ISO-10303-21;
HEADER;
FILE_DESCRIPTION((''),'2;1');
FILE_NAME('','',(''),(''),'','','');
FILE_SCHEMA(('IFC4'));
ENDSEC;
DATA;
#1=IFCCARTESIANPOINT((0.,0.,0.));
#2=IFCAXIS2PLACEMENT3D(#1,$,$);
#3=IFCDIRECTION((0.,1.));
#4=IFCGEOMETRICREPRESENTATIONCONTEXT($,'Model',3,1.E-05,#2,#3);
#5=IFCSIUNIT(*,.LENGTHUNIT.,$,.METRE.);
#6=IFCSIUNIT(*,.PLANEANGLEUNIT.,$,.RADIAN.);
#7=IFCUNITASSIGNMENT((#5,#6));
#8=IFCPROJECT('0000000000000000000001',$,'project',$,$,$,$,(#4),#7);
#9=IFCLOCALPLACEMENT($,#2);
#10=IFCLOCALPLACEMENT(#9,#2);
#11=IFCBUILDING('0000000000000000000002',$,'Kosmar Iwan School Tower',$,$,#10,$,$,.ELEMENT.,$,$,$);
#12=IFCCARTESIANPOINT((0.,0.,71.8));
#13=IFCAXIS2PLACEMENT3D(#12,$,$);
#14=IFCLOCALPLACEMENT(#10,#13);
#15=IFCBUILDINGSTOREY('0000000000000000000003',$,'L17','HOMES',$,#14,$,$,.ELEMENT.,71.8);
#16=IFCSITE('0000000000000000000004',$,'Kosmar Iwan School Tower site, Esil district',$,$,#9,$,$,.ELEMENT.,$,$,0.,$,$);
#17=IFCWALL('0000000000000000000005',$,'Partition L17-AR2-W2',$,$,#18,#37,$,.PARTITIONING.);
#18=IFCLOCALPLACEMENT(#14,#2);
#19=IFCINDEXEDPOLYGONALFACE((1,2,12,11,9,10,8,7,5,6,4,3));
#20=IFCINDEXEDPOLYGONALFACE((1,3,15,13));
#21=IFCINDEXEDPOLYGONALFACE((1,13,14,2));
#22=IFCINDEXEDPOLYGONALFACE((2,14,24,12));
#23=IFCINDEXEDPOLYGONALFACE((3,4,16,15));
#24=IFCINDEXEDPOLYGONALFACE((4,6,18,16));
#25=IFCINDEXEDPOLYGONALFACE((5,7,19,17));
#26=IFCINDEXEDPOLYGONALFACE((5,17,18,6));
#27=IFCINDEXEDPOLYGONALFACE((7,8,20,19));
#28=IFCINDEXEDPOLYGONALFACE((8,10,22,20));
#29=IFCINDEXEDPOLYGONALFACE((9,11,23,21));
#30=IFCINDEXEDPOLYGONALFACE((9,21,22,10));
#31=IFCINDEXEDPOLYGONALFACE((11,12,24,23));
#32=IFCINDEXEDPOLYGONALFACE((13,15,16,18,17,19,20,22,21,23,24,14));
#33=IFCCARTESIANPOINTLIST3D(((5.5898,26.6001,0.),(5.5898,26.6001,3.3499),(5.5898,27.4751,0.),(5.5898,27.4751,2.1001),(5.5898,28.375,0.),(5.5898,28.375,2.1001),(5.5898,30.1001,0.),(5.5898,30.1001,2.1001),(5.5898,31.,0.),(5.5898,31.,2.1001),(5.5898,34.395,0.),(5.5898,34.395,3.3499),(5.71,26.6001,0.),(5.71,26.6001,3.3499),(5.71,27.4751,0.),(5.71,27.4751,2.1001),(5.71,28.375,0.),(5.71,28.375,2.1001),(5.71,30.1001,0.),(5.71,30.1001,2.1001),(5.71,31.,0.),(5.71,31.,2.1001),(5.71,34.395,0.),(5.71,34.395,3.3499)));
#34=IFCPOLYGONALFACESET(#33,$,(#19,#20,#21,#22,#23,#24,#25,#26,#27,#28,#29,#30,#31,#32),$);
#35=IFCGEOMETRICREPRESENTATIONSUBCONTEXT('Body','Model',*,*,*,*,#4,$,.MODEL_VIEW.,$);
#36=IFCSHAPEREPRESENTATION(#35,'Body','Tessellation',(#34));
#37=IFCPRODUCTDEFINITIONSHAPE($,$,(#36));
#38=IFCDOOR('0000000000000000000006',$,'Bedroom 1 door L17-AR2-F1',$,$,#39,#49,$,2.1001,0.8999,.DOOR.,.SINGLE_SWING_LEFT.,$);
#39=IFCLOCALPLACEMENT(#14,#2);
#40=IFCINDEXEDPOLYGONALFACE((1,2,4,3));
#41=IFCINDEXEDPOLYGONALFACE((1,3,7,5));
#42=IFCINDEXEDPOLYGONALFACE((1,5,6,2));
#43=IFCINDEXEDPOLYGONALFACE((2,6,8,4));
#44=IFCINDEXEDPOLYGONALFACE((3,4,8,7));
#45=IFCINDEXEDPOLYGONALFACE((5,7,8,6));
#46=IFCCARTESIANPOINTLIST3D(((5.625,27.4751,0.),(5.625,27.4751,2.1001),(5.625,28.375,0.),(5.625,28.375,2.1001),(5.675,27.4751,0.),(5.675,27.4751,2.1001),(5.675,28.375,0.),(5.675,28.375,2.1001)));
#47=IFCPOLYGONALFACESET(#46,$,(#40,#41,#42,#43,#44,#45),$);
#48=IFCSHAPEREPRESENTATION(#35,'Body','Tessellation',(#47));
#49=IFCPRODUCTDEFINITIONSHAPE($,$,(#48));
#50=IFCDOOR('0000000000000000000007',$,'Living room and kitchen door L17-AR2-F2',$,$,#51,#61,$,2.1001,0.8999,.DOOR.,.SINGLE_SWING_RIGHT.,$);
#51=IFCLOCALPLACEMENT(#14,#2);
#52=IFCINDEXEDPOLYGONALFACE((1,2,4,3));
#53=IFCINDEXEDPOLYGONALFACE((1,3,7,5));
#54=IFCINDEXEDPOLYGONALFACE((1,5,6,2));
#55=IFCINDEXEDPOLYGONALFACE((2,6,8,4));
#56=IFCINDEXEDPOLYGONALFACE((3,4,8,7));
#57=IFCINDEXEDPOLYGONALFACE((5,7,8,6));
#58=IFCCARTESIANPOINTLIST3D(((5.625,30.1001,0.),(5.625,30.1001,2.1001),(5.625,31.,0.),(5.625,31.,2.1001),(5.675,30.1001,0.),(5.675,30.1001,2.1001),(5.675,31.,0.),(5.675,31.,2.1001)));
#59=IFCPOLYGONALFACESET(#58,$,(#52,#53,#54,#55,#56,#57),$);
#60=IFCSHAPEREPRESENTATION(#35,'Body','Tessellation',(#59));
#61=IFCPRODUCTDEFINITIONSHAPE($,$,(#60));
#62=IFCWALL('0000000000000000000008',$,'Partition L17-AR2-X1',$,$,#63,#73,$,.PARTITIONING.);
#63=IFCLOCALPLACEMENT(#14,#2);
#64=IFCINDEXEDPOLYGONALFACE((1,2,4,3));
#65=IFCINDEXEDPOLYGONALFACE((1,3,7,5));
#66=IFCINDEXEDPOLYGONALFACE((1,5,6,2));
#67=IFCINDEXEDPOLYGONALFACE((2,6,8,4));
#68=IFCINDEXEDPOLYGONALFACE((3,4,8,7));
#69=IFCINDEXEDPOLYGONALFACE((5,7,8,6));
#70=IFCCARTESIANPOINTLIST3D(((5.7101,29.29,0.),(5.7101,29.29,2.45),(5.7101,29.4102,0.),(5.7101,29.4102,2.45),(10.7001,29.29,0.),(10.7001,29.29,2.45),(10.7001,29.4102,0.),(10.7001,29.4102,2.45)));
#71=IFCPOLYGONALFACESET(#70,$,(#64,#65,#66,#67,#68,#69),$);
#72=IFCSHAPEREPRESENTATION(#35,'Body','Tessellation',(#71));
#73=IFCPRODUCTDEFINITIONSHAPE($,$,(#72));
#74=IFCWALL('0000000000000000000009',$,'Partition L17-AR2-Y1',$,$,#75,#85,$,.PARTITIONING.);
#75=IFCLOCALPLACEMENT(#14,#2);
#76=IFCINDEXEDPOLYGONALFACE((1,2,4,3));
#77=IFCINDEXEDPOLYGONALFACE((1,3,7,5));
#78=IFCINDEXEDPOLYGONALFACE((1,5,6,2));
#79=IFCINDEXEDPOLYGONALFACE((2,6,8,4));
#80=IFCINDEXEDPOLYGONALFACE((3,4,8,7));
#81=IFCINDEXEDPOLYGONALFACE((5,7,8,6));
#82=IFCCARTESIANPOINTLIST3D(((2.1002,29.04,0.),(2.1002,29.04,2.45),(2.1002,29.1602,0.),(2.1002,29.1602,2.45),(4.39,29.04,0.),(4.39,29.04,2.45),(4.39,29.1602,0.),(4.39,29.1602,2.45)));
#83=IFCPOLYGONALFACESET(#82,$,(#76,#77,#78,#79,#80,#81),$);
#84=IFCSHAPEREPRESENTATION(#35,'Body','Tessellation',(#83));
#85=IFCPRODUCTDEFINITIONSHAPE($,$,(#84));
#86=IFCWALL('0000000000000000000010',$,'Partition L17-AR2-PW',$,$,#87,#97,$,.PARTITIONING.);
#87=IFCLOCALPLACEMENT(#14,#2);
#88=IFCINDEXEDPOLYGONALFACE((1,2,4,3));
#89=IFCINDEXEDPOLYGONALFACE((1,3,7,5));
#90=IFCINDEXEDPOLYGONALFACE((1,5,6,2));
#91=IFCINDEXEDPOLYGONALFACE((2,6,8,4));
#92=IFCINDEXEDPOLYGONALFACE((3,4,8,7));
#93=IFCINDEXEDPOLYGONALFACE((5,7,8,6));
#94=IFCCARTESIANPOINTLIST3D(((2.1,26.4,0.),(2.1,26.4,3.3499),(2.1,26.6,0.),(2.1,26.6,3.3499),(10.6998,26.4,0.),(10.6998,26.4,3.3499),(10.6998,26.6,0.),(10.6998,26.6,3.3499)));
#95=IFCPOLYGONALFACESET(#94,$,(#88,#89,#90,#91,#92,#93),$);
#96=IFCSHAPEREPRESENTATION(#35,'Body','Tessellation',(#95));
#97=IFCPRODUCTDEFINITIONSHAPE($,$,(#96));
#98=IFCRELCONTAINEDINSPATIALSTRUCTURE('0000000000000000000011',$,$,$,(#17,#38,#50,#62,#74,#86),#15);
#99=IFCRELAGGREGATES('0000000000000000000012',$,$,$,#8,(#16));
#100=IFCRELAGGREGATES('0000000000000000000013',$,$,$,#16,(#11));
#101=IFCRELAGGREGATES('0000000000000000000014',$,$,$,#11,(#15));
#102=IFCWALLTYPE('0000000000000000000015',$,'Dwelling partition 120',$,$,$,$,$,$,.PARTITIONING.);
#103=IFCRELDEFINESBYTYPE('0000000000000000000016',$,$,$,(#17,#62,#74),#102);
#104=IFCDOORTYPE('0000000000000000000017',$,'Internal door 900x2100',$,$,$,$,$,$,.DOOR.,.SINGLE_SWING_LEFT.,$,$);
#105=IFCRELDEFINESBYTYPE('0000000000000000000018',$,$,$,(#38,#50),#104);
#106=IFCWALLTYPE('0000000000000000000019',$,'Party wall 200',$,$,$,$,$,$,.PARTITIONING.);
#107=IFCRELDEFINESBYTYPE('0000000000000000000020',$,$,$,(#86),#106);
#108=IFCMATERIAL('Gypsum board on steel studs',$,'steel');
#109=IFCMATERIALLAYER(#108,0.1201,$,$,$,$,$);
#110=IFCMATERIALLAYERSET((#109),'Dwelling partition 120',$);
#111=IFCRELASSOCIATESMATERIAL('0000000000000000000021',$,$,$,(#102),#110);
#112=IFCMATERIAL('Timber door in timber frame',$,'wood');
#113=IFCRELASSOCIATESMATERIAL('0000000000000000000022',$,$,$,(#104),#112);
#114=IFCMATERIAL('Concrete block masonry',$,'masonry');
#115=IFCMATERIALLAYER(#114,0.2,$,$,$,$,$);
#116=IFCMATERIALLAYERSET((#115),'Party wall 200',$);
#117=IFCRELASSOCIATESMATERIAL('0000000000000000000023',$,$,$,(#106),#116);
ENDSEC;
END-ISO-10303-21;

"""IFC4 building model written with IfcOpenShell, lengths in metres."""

from ifc_helpers import new_model, si_unit, direction, frame, frame_2d, origin, place, context, subcontext, project, spatial, rectangle, extrude, material, layer, layer_set, type_object, element, fill, save


model = new_model("IFC4")

# Units and contexts
model_context = context("Model", 3, precision=1e-05, world=origin(), true_north=direction((0.0, 1.0)))
body_context = subcontext(model_context, "Body", "Model", "MODEL_VIEW")
ifc_project = project(units=[si_unit("LENGTHUNIT", "METRE"), si_unit("PLANEANGLEUNIT", "RADIAN")], contexts=[model_context])

# Site, building, storey
site_placement = place(None, origin())
site = spatial("IfcSite", under=ifc_project, at=site_placement, Name="Kosmar Iwan School Tower site, Esil district", CompositionType="ELEMENT", RefElevation=0.0)
building_placement = place(site_placement, origin())
building = spatial("IfcBuilding", under=site, at=building_placement, Name="Kosmar Iwan School Tower", CompositionType="ELEMENT")
storey_placement = place(building_placement, frame((0.0, 0.0, 71.8)))
storey = spatial("IfcBuildingStorey", under=building, at=storey_placement, Name="L17", Description="HOMES", CompositionType="ELEMENT", Elevation=71.8)

# Shared definitions
ifc_material_1 = material(Name="Gypsum board on steel studs", Category="steel")
ifc_layer_1 = layer(ifc_material_1, 0.1201)
ifc_layer_set_1 = layer_set([ifc_layer_1], Name="Dwelling partition 120")
wall_type_1 = type_object("IfcWallType", Name="Dwelling partition 120", PredefinedType="PARTITIONING", material=ifc_layer_set_1)

# Wall, openings, doors
ifc_material_2 = material(Name="Timber door in timber frame", Category="wood")
door_type_1 = type_object("IfcDoorType", Name="Internal door 900x2100", OperationType="SINGLE_SWING_LEFT", PredefinedType="DOOR", material=ifc_material_2)
wall_1_placement = place(storey_placement, frame((5.6499, 26.6001, 0.0), z_axis=(0.0, 0.0, 1.0), x_axis=(0.0, 1.0, 0.0)))
wall_1 = element("IfcWall", 1, at=wall_1_placement, inside=storey, type_object=wall_type_1, Name="Partition L17-AR2-W2", PredefinedType="PARTITIONING", context=body_context, shape_type="SweptSolid", body=[
    extrude(rectangle(XDim=7.7949, YDim=0.1201, at=frame_2d((3.8975, 0.0))), origin(), (0.0, 0.0, 1.0), 3.3499),
])
opening_1_placement = place(wall_1_placement, frame((0.875, 0.0, 0.0)))
opening_1 = element("IfcOpeningElement", 2, at=opening_1_placement, cuts=wall_1, PredefinedType="OPENING", context=body_context, shape_type="SweptSolid", body=[
    extrude(rectangle(XDim=0.8999, YDim=2.1001, at=frame_2d((0.45, 1.05))), frame((0.0, 0.072, 0.0), z_axis=(0.0, -1.0, 0.0), x_axis=(1.0, 0.0, 0.0)), (0.0, 0.0, 1.0), 0.144),
])
opening_2_placement = place(wall_1_placement, frame((3.5, 0.0, 0.0)))
opening_2 = element("IfcOpeningElement", 3, at=opening_2_placement, cuts=wall_1, PredefinedType="OPENING", context=body_context, shape_type="SweptSolid", body=[
    extrude(rectangle(XDim=0.8999, YDim=2.1001, at=frame_2d((0.45, 1.05))), frame((0.0, 0.072, 0.0), z_axis=(0.0, -1.0, 0.0), x_axis=(1.0, 0.0, 0.0)), (0.0, 0.0, 1.0), 0.144),
])
door_1_placement = place(opening_1_placement, origin())
door_1 = element("IfcDoor", 4, at=door_1_placement, inside=storey, type_object=door_type_1, Name="Bedroom 1 door L17-AR2-F1", OperationType="SINGLE_SWING_LEFT", OverallHeight=2.1001, OverallWidth=0.8999, PredefinedType="DOOR", context=body_context, shape_type="SweptSolid", body=[
    extrude(rectangle(XDim=0.8999, YDim=2.1001, at=frame_2d((0.45, 1.05))), frame((0.0, 0.0249, 0.0), z_axis=(0.0, -1.0, 0.0), x_axis=(1.0, 0.0, 0.0)), (0.0, 0.0, 1.0), 0.05),
])
fill(opening_1, door_1)
door_2_placement = place(opening_2_placement, origin())
door_2 = element("IfcDoor", 5, at=door_2_placement, inside=storey, type_object=door_type_1, Name="Living room and kitchen door L17-AR2-F2", OperationType="SINGLE_SWING_RIGHT", OverallHeight=2.1001, OverallWidth=0.8999, PredefinedType="DOOR", context=body_context, shape_type="SweptSolid", body=[
    extrude(rectangle(XDim=0.8999, YDim=2.1001, at=frame_2d((0.45, 1.05))), frame((0.0, 0.0249, 0.0), z_axis=(0.0, -1.0, 0.0), x_axis=(1.0, 0.0, 0.0)), (0.0, 0.0, 1.0), 0.05),
])
fill(opening_2, door_2)

# Walls
wall_2_placement = place(storey_placement, frame((5.71, 29.3501, 0.0), z_axis=(0.0, 0.0, 1.0), x_axis=(1.0, 0.0, 0.0)))
element("IfcWall", 6, at=wall_2_placement, inside=storey, type_object=wall_type_1, Name="Partition L17-AR2-X1", PredefinedType="PARTITIONING", context=body_context, shape_type="SweptSolid", body=[
    extrude(rectangle(XDim=4.99, YDim=0.1201, at=frame_2d((2.4951, 0.0))), origin(), (0.0, 0.0, 1.0), 2.45),
])
wall_3_placement = place(storey_placement, frame((2.1001, 29.1001, 0.0), z_axis=(0.0, 0.0, 1.0), x_axis=(1.0, 0.0, 0.0)))
element("IfcWall", 7, at=wall_3_placement, inside=storey, type_object=wall_type_1, Name="Partition L17-AR2-Y1", PredefinedType="PARTITIONING", context=body_context, shape_type="SweptSolid", body=[
    extrude(rectangle(XDim=2.2898, YDim=0.1201, at=frame_2d((1.145, 0.0))), origin(), (0.0, 0.0, 1.0), 2.45),
])
ifc_material_3 = material(Name="Concrete block masonry", Category="masonry")
ifc_layer_2 = layer(ifc_material_3, 0.2)
ifc_layer_set_2 = layer_set([ifc_layer_2], Name="Party wall 200")
wall_type_2 = type_object("IfcWallType", Name="Party wall 200", PredefinedType="PARTITIONING", material=ifc_layer_set_2)
wall_4_placement = place(storey_placement, frame((2.1001, 26.5, 0.0), z_axis=(0.0, 0.0, 1.0), x_axis=(1.0, 0.0, 0.0)))
element("IfcWall", 8, at=wall_4_placement, inside=storey, type_object=wall_type_2, Name="Partition L17-AR2-PW", PredefinedType="PARTITIONING", context=body_context, shape_type="SweptSolid", body=[
    extrude(rectangle(XDim=8.5999, YDim=0.2, at=frame_2d((4.2998, 0.0))), origin(), (0.0, 0.0, 1.0), 3.3499),
])

save(model, "model.ifc")
